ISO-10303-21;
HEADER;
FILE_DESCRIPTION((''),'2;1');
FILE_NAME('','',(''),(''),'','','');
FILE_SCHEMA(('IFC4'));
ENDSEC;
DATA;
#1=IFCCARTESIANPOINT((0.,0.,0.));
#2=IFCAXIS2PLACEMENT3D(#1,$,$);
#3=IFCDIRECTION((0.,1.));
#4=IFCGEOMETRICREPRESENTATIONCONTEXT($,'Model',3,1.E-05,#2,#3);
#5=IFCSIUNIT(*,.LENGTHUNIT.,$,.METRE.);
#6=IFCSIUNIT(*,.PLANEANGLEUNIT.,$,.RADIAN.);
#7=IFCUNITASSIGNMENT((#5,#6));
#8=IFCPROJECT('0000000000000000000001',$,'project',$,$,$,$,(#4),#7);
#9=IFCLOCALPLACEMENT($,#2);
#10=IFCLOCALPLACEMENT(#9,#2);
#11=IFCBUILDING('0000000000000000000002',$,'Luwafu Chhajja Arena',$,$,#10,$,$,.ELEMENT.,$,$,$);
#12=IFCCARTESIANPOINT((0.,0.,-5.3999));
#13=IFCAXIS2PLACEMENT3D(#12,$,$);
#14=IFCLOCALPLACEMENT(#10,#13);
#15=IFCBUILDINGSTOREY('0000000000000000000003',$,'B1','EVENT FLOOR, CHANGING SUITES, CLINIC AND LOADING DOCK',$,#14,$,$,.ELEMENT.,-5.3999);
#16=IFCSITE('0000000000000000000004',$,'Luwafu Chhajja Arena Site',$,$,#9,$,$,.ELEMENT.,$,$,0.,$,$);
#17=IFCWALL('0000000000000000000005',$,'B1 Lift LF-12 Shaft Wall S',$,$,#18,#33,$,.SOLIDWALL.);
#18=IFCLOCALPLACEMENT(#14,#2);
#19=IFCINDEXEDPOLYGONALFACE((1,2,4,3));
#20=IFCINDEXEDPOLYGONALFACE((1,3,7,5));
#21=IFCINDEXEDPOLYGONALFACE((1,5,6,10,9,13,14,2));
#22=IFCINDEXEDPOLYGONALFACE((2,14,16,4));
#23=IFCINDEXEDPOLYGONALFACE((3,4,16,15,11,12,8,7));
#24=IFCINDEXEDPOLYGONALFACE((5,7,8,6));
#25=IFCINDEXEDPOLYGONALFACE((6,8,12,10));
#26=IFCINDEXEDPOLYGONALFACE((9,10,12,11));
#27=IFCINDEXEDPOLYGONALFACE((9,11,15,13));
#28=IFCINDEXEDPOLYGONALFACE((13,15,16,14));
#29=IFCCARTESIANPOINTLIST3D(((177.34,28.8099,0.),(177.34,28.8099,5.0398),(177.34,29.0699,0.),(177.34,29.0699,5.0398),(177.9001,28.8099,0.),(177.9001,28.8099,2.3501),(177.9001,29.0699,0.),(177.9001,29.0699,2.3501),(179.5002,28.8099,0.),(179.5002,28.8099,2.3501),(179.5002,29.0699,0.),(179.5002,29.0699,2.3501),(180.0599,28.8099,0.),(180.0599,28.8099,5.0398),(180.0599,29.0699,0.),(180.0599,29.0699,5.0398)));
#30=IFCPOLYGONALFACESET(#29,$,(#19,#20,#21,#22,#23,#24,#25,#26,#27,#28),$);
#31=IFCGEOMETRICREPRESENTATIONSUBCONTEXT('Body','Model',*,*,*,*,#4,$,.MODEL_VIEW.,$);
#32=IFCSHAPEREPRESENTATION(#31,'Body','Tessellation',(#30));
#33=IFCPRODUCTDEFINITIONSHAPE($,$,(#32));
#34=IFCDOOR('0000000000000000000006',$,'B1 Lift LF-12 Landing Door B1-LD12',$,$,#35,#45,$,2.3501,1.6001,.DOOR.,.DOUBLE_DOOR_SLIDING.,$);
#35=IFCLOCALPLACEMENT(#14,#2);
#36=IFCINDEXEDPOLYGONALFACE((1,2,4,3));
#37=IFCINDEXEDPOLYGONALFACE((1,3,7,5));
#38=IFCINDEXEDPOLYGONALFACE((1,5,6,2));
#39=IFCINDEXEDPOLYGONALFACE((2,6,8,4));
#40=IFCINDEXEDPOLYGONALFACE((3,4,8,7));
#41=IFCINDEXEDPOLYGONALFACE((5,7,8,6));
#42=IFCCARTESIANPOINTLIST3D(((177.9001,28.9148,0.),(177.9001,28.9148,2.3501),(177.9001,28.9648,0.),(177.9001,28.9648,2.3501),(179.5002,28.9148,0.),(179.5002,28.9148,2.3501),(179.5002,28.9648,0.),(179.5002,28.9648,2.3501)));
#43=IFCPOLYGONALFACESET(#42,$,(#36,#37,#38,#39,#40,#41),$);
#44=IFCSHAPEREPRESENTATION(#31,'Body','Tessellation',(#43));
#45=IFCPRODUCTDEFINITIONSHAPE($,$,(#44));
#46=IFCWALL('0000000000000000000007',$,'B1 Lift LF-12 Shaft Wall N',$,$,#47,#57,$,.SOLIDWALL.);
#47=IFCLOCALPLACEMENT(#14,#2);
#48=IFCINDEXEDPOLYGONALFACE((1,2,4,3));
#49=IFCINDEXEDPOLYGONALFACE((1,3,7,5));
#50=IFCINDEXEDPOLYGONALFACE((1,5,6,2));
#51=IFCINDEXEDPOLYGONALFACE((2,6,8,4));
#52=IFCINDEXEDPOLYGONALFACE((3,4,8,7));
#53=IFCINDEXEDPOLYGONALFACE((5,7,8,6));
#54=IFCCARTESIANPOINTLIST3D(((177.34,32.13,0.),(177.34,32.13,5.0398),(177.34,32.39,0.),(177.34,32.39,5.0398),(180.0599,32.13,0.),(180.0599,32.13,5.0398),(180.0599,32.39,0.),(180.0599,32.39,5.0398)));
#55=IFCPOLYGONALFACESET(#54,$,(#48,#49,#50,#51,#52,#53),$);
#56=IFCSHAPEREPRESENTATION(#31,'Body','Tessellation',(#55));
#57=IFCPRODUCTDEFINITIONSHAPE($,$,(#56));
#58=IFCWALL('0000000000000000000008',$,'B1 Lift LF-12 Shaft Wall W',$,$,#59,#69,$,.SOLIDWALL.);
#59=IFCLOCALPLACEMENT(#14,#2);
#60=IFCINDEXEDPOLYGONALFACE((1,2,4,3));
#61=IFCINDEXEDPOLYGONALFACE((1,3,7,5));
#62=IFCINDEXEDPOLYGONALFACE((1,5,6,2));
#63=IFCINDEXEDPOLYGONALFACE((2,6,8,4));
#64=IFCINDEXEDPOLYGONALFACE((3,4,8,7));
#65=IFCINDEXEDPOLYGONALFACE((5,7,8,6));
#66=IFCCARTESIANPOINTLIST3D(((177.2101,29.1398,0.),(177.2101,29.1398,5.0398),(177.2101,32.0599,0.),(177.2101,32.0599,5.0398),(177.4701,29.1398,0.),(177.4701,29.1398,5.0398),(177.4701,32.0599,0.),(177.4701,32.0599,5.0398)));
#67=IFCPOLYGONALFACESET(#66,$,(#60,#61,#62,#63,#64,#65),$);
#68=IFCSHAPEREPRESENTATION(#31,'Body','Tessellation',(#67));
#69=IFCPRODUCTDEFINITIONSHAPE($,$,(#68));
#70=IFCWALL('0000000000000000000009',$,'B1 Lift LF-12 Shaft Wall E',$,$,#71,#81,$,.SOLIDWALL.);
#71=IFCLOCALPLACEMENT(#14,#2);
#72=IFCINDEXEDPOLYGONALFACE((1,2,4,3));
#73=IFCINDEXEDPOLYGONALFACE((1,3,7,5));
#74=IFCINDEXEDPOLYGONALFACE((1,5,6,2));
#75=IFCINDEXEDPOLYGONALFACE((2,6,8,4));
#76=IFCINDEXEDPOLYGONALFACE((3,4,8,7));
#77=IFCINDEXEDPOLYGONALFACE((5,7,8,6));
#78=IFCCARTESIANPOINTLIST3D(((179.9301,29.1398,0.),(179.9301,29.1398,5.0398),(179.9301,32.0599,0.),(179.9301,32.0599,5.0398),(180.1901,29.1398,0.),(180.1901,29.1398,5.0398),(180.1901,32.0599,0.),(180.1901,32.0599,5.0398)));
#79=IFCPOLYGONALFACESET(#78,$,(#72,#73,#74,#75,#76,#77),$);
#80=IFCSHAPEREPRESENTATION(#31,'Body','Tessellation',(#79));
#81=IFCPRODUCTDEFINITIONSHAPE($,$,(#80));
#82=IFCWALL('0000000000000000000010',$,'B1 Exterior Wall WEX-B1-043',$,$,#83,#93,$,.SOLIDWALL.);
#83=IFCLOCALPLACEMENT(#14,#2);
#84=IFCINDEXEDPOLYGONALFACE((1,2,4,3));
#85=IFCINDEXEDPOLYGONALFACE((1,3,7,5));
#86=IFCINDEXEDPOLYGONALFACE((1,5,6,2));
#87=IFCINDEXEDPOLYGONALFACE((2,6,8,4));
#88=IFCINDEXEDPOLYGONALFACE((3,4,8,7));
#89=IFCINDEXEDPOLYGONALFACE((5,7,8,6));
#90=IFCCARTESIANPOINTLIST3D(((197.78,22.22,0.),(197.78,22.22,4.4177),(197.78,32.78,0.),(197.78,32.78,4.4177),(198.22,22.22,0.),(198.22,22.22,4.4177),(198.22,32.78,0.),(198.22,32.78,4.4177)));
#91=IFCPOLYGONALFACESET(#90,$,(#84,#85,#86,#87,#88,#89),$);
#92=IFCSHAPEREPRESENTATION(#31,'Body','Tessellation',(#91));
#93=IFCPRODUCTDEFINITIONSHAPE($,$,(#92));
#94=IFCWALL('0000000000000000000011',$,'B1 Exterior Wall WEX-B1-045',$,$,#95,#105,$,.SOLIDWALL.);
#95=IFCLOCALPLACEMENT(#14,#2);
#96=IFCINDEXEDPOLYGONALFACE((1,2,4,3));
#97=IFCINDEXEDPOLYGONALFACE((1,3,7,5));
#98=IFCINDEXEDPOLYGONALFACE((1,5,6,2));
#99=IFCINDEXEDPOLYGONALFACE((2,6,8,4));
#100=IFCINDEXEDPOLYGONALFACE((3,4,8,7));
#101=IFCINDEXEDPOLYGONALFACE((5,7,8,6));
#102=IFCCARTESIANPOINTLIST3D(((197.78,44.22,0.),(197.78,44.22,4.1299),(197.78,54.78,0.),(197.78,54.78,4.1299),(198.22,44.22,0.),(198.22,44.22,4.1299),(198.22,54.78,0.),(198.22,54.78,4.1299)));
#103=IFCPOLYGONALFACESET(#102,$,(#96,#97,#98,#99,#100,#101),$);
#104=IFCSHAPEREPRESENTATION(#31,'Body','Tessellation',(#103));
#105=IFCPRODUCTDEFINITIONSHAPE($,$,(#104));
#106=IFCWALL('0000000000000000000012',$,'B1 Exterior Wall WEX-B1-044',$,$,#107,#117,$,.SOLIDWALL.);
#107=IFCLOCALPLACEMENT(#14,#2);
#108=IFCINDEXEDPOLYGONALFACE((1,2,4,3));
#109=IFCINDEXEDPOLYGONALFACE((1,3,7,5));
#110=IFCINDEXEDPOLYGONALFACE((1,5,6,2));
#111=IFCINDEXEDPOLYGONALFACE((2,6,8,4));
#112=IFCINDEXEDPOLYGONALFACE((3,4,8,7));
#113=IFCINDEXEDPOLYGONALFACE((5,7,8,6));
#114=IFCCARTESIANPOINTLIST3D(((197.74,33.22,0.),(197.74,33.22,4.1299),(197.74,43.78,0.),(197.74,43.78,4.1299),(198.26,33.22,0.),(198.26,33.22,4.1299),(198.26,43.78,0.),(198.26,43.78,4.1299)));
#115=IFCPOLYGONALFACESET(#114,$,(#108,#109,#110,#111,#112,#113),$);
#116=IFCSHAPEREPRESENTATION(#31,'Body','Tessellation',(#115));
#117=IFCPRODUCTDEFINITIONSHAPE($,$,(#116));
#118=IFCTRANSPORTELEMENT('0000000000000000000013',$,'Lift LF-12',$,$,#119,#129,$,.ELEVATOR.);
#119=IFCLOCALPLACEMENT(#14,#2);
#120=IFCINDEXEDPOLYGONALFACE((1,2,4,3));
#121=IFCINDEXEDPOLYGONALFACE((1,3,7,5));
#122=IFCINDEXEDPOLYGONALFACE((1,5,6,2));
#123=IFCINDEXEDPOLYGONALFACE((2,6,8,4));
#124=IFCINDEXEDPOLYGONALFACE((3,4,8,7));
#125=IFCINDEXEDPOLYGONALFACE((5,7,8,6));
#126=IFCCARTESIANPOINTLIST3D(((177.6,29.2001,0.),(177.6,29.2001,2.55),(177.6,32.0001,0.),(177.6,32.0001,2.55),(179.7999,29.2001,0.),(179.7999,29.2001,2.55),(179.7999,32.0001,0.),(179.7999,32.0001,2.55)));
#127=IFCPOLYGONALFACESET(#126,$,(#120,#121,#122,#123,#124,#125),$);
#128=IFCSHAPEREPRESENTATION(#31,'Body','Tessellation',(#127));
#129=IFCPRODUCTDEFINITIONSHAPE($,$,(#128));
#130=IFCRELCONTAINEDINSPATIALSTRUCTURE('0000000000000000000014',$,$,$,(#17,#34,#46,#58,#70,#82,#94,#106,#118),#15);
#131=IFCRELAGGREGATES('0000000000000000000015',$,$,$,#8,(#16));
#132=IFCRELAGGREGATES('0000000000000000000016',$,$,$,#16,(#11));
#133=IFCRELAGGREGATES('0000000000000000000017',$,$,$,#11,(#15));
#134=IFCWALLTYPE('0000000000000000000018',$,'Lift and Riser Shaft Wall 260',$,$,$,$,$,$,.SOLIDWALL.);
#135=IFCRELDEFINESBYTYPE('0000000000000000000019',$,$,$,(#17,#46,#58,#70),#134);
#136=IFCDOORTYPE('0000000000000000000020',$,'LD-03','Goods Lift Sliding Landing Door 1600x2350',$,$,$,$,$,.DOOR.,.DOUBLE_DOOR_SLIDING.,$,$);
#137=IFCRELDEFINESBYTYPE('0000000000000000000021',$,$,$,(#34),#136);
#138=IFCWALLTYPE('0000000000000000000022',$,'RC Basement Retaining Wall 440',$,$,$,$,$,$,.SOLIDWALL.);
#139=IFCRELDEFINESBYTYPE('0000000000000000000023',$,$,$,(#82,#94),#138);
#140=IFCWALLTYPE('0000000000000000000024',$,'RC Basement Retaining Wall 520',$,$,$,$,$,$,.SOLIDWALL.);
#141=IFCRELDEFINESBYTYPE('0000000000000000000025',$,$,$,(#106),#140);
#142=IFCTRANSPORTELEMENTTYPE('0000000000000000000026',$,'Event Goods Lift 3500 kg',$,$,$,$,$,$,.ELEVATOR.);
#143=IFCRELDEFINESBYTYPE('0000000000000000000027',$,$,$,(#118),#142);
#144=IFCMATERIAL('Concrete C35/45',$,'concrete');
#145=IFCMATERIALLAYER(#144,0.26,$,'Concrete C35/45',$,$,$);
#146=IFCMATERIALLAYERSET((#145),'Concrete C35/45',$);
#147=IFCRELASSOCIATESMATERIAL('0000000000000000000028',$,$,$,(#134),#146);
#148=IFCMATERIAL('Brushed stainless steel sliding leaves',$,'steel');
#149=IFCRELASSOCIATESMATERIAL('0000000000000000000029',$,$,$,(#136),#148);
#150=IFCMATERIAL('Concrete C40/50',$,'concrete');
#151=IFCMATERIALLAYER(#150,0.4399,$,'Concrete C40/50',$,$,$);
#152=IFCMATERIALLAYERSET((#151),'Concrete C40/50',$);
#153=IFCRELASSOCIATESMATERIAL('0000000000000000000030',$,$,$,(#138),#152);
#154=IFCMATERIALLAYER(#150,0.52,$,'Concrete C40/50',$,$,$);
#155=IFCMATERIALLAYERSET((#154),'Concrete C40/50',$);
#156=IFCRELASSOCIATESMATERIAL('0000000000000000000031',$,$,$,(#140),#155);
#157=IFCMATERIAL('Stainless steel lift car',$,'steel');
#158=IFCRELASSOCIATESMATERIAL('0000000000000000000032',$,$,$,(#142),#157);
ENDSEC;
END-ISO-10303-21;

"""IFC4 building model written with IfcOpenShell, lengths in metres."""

from ifc_helpers import new_model, si_unit, direction, frame, frame_2d, origin, origin_2d, place, context, subcontext, project, spatial, rectangle, extrude, material, layer, layer_set, type_object, element, fill, save


model = new_model("IFC4")

# Units and contexts
model_context = context("Model", 3, precision=1e-05, world=origin(), true_north=direction((0.0, 1.0)))
body_context = subcontext(model_context, "Body", "Model", "MODEL_VIEW")
ifc_project = project(units=[si_unit("LENGTHUNIT", "METRE"), si_unit("PLANEANGLEUNIT", "RADIAN")], contexts=[model_context])

# Site, building, storey
site_placement = place(None, origin())
site = spatial("IfcSite", under=ifc_project, at=site_placement, Name="Luwafu Chhajja Arena Site", CompositionType="ELEMENT", RefElevation=0.0)
building_placement = place(site_placement, origin())
building = spatial("IfcBuilding", under=site, at=building_placement, Name="Luwafu Chhajja Arena", CompositionType="ELEMENT")
storey_placement = place(building_placement, frame((0.0, 0.0, -5.3999)))
storey = spatial("IfcBuildingStorey", under=building, at=storey_placement, Name="B1", Description="EVENT FLOOR, CHANGING SUITES, CLINIC AND LOADING DOCK", CompositionType="ELEMENT", Elevation=-5.3999)

# Shared definitions
ifc_material_1 = material(Name="Concrete C35/45", Category="concrete")

# Wall, opening, door
ifc_layer_1 = layer(ifc_material_1, 0.26, Name="Concrete C35/45")
ifc_layer_set_1 = layer_set([ifc_layer_1], Name="Concrete C35/45")
wall_type_1 = type_object("IfcWallType", Name="Lift and Riser Shaft Wall 260", PredefinedType="SOLIDWALL", material=ifc_layer_set_1)
wall_1_placement = place(storey_placement, frame((177.3401, 28.9399, 0.0), z_axis=(0.0, 0.0, 1.0), x_axis=(1.0, 0.0, 0.0)))
wall_1 = element("IfcWall", 1, at=wall_1_placement, inside=storey, type_object=wall_type_1, Name="B1 Lift LF-12 Shaft Wall S", PredefinedType="SOLIDWALL", context=body_context, shape_type="SweptSolid", body=[
    extrude(rectangle(XDim=2.72, YDim=0.26, at=frame_2d((1.3599, 0.0))), origin(), (0.0, 0.0, 1.0), 5.0398),
])
opening_1_placement = place(wall_1_placement, frame((0.5601, 0.0, 0.0)))
opening_1 = element("IfcOpeningElement", 2, at=opening_1_placement, cuts=wall_1, PredefinedType="OPENING", context=body_context, shape_type="SweptSolid", body=[
    extrude(rectangle(XDim=1.6001, YDim=2.3501, at=frame_2d((0.8, 1.175))), frame((0.0, 0.1399, 0.0), z_axis=(0.0, -1.0, 0.0), x_axis=(1.0, 0.0, 0.0)), (0.0, 0.0, 1.0), 0.28),
])
ifc_material_2 = material(Name="Brushed stainless steel sliding leaves", Category="steel")
door_type_1 = type_object("IfcDoorType", Name="LD-03", Description="Goods Lift Sliding Landing Door 1600x2350", OperationType="DOUBLE_DOOR_SLIDING", PredefinedType="DOOR", material=ifc_material_2)
door_1_placement = place(opening_1_placement, origin())
door_1 = element("IfcDoor", 3, at=door_1_placement, inside=storey, type_object=door_type_1, Name="B1 Lift LF-12 Landing Door B1-LD12", OperationType="DOUBLE_DOOR_SLIDING", OverallHeight=2.3501, OverallWidth=1.6001, PredefinedType="DOOR", context=body_context, shape_type="SweptSolid", body=[
    extrude(rectangle(XDim=1.6001, YDim=2.3501, at=frame_2d((0.8, 1.175))), frame((0.0, 0.0249, 0.0), z_axis=(0.0, -1.0, 0.0), x_axis=(1.0, 0.0, 0.0)), (0.0, 0.0, 1.0), 0.05),
])
fill(opening_1, door_1)

# Walls
wall_2_placement = place(storey_placement, frame((177.3401, 32.26, 0.0), z_axis=(0.0, 0.0, 1.0), x_axis=(1.0, 0.0, 0.0)))
element("IfcWall", 4, at=wall_2_placement, inside=storey, type_object=wall_type_1, Name="B1 Lift LF-12 Shaft Wall N", PredefinedType="SOLIDWALL", context=body_context, shape_type="SweptSolid", body=[
    extrude(rectangle(XDim=2.72, YDim=0.26, at=frame_2d((1.3599, 0.0))), origin(), (0.0, 0.0, 1.0), 5.0398),
])
for number, where, z_axis, x_axis, name in (
    (5, (177.3401, 29.1399, 0.0), (0.0, 0.0, 1.0), (0.0, 1.0, 0.0), "B1 Lift LF-12 Shaft Wall W"),
    (6, (180.0601, 29.1399, 0.0), (0.0, 0.0, 1.0), (0.0, 1.0, 0.0), "B1 Lift LF-12 Shaft Wall E"),
):
    element("IfcWall", number, at=place(storey_placement, frame(where, z_axis=z_axis, x_axis=x_axis)), inside=storey, type_object=wall_type_1, Name=name, PredefinedType="SOLIDWALL", context=body_context, shape_type="SweptSolid", body=[
        extrude(rectangle(XDim=2.9202, YDim=0.26, at=frame_2d((1.46, 0.0))), origin(), (0.0, 0.0, 1.0), 5.0398),
    ])
ifc_material_3 = material(Name="Concrete C40/50", Category="concrete")
ifc_layer_2 = layer(ifc_material_3, 0.4399, Name="Concrete C40/50")
ifc_layer_set_2 = layer_set([ifc_layer_2], Name="Concrete C40/50")
wall_type_2 = type_object("IfcWallType", Name="RC Basement Retaining Wall 440", PredefinedType="SOLIDWALL", material=ifc_layer_set_2)
wall_3_placement = place(storey_placement, frame((198.0, 22.22, 0.0), z_axis=(0.0, 0.0, 1.0), x_axis=(0.0, 1.0, 0.0)))
element("IfcWall", 7, at=wall_3_placement, inside=storey, type_object=wall_type_2, Name="B1 Exterior Wall WEX-B1-043", PredefinedType="SOLIDWALL", context=body_context, shape_type="SweptSolid", body=[
    extrude(rectangle(XDim=10.5601, YDim=0.4399, at=frame_2d((5.28, 0.0))), origin(), (0.0, 0.0, 1.0), 4.4177),
])
wall_4_placement = place(storey_placement, frame((198.0, 44.22, 0.0), z_axis=(0.0, 0.0, 1.0), x_axis=(0.0, 1.0, 0.0)))
element("IfcWall", 8, at=wall_4_placement, inside=storey, type_object=wall_type_2, Name="B1 Exterior Wall WEX-B1-045", PredefinedType="SOLIDWALL", context=body_context, shape_type="SweptSolid", body=[
    extrude(rectangle(XDim=10.5601, YDim=0.4399, at=frame_2d((5.28, 0.0))), origin(), (0.0, 0.0, 1.0), 4.1299),
])
ifc_layer_3 = layer(ifc_material_3, 0.52, Name="Concrete C40/50")
ifc_layer_set_3 = layer_set([ifc_layer_3], Name="Concrete C40/50")
wall_type_3 = type_object("IfcWallType", Name="RC Basement Retaining Wall 520", PredefinedType="SOLIDWALL", material=ifc_layer_set_3)
wall_5_placement = place(storey_placement, frame((198.0, 33.22, 0.0), z_axis=(0.0, 0.0, 1.0), x_axis=(0.0, 1.0, 0.0)))
element("IfcWall", 9, at=wall_5_placement, inside=storey, type_object=wall_type_3, Name="B1 Exterior Wall WEX-B1-044", PredefinedType="SOLIDWALL", context=body_context, shape_type="SweptSolid", body=[
    extrude(rectangle(XDim=10.5601, YDim=0.52, at=frame_2d((5.28, 0.0))), origin(), (0.0, 0.0, 1.0), 4.1299),
])

# Transport element
ifc_material_4 = material(Name="Stainless steel lift car", Category="steel")
transport_element_type = type_object("IfcTransportElementType", Name="Event Goods Lift 3500 kg", PredefinedType="ELEVATOR", material=ifc_material_4)
transport_element_placement = place(storey_placement, frame((178.7, 30.6001, 0.0), z_axis=(0.0, 0.0, 1.0), x_axis=(1.0, 0.0, 0.0)))
element("IfcTransportElement", 10, at=transport_element_placement, inside=storey, type_object=transport_element_type, Name="Lift LF-12", PredefinedType="ELEVATOR", context=body_context, shape_type="SweptSolid", body=[
    extrude(rectangle(XDim=2.2, YDim=2.8, at=origin_2d()), origin(), (0.0, 0.0, 1.0), 2.55),
])

save(model, "model.ifc")
